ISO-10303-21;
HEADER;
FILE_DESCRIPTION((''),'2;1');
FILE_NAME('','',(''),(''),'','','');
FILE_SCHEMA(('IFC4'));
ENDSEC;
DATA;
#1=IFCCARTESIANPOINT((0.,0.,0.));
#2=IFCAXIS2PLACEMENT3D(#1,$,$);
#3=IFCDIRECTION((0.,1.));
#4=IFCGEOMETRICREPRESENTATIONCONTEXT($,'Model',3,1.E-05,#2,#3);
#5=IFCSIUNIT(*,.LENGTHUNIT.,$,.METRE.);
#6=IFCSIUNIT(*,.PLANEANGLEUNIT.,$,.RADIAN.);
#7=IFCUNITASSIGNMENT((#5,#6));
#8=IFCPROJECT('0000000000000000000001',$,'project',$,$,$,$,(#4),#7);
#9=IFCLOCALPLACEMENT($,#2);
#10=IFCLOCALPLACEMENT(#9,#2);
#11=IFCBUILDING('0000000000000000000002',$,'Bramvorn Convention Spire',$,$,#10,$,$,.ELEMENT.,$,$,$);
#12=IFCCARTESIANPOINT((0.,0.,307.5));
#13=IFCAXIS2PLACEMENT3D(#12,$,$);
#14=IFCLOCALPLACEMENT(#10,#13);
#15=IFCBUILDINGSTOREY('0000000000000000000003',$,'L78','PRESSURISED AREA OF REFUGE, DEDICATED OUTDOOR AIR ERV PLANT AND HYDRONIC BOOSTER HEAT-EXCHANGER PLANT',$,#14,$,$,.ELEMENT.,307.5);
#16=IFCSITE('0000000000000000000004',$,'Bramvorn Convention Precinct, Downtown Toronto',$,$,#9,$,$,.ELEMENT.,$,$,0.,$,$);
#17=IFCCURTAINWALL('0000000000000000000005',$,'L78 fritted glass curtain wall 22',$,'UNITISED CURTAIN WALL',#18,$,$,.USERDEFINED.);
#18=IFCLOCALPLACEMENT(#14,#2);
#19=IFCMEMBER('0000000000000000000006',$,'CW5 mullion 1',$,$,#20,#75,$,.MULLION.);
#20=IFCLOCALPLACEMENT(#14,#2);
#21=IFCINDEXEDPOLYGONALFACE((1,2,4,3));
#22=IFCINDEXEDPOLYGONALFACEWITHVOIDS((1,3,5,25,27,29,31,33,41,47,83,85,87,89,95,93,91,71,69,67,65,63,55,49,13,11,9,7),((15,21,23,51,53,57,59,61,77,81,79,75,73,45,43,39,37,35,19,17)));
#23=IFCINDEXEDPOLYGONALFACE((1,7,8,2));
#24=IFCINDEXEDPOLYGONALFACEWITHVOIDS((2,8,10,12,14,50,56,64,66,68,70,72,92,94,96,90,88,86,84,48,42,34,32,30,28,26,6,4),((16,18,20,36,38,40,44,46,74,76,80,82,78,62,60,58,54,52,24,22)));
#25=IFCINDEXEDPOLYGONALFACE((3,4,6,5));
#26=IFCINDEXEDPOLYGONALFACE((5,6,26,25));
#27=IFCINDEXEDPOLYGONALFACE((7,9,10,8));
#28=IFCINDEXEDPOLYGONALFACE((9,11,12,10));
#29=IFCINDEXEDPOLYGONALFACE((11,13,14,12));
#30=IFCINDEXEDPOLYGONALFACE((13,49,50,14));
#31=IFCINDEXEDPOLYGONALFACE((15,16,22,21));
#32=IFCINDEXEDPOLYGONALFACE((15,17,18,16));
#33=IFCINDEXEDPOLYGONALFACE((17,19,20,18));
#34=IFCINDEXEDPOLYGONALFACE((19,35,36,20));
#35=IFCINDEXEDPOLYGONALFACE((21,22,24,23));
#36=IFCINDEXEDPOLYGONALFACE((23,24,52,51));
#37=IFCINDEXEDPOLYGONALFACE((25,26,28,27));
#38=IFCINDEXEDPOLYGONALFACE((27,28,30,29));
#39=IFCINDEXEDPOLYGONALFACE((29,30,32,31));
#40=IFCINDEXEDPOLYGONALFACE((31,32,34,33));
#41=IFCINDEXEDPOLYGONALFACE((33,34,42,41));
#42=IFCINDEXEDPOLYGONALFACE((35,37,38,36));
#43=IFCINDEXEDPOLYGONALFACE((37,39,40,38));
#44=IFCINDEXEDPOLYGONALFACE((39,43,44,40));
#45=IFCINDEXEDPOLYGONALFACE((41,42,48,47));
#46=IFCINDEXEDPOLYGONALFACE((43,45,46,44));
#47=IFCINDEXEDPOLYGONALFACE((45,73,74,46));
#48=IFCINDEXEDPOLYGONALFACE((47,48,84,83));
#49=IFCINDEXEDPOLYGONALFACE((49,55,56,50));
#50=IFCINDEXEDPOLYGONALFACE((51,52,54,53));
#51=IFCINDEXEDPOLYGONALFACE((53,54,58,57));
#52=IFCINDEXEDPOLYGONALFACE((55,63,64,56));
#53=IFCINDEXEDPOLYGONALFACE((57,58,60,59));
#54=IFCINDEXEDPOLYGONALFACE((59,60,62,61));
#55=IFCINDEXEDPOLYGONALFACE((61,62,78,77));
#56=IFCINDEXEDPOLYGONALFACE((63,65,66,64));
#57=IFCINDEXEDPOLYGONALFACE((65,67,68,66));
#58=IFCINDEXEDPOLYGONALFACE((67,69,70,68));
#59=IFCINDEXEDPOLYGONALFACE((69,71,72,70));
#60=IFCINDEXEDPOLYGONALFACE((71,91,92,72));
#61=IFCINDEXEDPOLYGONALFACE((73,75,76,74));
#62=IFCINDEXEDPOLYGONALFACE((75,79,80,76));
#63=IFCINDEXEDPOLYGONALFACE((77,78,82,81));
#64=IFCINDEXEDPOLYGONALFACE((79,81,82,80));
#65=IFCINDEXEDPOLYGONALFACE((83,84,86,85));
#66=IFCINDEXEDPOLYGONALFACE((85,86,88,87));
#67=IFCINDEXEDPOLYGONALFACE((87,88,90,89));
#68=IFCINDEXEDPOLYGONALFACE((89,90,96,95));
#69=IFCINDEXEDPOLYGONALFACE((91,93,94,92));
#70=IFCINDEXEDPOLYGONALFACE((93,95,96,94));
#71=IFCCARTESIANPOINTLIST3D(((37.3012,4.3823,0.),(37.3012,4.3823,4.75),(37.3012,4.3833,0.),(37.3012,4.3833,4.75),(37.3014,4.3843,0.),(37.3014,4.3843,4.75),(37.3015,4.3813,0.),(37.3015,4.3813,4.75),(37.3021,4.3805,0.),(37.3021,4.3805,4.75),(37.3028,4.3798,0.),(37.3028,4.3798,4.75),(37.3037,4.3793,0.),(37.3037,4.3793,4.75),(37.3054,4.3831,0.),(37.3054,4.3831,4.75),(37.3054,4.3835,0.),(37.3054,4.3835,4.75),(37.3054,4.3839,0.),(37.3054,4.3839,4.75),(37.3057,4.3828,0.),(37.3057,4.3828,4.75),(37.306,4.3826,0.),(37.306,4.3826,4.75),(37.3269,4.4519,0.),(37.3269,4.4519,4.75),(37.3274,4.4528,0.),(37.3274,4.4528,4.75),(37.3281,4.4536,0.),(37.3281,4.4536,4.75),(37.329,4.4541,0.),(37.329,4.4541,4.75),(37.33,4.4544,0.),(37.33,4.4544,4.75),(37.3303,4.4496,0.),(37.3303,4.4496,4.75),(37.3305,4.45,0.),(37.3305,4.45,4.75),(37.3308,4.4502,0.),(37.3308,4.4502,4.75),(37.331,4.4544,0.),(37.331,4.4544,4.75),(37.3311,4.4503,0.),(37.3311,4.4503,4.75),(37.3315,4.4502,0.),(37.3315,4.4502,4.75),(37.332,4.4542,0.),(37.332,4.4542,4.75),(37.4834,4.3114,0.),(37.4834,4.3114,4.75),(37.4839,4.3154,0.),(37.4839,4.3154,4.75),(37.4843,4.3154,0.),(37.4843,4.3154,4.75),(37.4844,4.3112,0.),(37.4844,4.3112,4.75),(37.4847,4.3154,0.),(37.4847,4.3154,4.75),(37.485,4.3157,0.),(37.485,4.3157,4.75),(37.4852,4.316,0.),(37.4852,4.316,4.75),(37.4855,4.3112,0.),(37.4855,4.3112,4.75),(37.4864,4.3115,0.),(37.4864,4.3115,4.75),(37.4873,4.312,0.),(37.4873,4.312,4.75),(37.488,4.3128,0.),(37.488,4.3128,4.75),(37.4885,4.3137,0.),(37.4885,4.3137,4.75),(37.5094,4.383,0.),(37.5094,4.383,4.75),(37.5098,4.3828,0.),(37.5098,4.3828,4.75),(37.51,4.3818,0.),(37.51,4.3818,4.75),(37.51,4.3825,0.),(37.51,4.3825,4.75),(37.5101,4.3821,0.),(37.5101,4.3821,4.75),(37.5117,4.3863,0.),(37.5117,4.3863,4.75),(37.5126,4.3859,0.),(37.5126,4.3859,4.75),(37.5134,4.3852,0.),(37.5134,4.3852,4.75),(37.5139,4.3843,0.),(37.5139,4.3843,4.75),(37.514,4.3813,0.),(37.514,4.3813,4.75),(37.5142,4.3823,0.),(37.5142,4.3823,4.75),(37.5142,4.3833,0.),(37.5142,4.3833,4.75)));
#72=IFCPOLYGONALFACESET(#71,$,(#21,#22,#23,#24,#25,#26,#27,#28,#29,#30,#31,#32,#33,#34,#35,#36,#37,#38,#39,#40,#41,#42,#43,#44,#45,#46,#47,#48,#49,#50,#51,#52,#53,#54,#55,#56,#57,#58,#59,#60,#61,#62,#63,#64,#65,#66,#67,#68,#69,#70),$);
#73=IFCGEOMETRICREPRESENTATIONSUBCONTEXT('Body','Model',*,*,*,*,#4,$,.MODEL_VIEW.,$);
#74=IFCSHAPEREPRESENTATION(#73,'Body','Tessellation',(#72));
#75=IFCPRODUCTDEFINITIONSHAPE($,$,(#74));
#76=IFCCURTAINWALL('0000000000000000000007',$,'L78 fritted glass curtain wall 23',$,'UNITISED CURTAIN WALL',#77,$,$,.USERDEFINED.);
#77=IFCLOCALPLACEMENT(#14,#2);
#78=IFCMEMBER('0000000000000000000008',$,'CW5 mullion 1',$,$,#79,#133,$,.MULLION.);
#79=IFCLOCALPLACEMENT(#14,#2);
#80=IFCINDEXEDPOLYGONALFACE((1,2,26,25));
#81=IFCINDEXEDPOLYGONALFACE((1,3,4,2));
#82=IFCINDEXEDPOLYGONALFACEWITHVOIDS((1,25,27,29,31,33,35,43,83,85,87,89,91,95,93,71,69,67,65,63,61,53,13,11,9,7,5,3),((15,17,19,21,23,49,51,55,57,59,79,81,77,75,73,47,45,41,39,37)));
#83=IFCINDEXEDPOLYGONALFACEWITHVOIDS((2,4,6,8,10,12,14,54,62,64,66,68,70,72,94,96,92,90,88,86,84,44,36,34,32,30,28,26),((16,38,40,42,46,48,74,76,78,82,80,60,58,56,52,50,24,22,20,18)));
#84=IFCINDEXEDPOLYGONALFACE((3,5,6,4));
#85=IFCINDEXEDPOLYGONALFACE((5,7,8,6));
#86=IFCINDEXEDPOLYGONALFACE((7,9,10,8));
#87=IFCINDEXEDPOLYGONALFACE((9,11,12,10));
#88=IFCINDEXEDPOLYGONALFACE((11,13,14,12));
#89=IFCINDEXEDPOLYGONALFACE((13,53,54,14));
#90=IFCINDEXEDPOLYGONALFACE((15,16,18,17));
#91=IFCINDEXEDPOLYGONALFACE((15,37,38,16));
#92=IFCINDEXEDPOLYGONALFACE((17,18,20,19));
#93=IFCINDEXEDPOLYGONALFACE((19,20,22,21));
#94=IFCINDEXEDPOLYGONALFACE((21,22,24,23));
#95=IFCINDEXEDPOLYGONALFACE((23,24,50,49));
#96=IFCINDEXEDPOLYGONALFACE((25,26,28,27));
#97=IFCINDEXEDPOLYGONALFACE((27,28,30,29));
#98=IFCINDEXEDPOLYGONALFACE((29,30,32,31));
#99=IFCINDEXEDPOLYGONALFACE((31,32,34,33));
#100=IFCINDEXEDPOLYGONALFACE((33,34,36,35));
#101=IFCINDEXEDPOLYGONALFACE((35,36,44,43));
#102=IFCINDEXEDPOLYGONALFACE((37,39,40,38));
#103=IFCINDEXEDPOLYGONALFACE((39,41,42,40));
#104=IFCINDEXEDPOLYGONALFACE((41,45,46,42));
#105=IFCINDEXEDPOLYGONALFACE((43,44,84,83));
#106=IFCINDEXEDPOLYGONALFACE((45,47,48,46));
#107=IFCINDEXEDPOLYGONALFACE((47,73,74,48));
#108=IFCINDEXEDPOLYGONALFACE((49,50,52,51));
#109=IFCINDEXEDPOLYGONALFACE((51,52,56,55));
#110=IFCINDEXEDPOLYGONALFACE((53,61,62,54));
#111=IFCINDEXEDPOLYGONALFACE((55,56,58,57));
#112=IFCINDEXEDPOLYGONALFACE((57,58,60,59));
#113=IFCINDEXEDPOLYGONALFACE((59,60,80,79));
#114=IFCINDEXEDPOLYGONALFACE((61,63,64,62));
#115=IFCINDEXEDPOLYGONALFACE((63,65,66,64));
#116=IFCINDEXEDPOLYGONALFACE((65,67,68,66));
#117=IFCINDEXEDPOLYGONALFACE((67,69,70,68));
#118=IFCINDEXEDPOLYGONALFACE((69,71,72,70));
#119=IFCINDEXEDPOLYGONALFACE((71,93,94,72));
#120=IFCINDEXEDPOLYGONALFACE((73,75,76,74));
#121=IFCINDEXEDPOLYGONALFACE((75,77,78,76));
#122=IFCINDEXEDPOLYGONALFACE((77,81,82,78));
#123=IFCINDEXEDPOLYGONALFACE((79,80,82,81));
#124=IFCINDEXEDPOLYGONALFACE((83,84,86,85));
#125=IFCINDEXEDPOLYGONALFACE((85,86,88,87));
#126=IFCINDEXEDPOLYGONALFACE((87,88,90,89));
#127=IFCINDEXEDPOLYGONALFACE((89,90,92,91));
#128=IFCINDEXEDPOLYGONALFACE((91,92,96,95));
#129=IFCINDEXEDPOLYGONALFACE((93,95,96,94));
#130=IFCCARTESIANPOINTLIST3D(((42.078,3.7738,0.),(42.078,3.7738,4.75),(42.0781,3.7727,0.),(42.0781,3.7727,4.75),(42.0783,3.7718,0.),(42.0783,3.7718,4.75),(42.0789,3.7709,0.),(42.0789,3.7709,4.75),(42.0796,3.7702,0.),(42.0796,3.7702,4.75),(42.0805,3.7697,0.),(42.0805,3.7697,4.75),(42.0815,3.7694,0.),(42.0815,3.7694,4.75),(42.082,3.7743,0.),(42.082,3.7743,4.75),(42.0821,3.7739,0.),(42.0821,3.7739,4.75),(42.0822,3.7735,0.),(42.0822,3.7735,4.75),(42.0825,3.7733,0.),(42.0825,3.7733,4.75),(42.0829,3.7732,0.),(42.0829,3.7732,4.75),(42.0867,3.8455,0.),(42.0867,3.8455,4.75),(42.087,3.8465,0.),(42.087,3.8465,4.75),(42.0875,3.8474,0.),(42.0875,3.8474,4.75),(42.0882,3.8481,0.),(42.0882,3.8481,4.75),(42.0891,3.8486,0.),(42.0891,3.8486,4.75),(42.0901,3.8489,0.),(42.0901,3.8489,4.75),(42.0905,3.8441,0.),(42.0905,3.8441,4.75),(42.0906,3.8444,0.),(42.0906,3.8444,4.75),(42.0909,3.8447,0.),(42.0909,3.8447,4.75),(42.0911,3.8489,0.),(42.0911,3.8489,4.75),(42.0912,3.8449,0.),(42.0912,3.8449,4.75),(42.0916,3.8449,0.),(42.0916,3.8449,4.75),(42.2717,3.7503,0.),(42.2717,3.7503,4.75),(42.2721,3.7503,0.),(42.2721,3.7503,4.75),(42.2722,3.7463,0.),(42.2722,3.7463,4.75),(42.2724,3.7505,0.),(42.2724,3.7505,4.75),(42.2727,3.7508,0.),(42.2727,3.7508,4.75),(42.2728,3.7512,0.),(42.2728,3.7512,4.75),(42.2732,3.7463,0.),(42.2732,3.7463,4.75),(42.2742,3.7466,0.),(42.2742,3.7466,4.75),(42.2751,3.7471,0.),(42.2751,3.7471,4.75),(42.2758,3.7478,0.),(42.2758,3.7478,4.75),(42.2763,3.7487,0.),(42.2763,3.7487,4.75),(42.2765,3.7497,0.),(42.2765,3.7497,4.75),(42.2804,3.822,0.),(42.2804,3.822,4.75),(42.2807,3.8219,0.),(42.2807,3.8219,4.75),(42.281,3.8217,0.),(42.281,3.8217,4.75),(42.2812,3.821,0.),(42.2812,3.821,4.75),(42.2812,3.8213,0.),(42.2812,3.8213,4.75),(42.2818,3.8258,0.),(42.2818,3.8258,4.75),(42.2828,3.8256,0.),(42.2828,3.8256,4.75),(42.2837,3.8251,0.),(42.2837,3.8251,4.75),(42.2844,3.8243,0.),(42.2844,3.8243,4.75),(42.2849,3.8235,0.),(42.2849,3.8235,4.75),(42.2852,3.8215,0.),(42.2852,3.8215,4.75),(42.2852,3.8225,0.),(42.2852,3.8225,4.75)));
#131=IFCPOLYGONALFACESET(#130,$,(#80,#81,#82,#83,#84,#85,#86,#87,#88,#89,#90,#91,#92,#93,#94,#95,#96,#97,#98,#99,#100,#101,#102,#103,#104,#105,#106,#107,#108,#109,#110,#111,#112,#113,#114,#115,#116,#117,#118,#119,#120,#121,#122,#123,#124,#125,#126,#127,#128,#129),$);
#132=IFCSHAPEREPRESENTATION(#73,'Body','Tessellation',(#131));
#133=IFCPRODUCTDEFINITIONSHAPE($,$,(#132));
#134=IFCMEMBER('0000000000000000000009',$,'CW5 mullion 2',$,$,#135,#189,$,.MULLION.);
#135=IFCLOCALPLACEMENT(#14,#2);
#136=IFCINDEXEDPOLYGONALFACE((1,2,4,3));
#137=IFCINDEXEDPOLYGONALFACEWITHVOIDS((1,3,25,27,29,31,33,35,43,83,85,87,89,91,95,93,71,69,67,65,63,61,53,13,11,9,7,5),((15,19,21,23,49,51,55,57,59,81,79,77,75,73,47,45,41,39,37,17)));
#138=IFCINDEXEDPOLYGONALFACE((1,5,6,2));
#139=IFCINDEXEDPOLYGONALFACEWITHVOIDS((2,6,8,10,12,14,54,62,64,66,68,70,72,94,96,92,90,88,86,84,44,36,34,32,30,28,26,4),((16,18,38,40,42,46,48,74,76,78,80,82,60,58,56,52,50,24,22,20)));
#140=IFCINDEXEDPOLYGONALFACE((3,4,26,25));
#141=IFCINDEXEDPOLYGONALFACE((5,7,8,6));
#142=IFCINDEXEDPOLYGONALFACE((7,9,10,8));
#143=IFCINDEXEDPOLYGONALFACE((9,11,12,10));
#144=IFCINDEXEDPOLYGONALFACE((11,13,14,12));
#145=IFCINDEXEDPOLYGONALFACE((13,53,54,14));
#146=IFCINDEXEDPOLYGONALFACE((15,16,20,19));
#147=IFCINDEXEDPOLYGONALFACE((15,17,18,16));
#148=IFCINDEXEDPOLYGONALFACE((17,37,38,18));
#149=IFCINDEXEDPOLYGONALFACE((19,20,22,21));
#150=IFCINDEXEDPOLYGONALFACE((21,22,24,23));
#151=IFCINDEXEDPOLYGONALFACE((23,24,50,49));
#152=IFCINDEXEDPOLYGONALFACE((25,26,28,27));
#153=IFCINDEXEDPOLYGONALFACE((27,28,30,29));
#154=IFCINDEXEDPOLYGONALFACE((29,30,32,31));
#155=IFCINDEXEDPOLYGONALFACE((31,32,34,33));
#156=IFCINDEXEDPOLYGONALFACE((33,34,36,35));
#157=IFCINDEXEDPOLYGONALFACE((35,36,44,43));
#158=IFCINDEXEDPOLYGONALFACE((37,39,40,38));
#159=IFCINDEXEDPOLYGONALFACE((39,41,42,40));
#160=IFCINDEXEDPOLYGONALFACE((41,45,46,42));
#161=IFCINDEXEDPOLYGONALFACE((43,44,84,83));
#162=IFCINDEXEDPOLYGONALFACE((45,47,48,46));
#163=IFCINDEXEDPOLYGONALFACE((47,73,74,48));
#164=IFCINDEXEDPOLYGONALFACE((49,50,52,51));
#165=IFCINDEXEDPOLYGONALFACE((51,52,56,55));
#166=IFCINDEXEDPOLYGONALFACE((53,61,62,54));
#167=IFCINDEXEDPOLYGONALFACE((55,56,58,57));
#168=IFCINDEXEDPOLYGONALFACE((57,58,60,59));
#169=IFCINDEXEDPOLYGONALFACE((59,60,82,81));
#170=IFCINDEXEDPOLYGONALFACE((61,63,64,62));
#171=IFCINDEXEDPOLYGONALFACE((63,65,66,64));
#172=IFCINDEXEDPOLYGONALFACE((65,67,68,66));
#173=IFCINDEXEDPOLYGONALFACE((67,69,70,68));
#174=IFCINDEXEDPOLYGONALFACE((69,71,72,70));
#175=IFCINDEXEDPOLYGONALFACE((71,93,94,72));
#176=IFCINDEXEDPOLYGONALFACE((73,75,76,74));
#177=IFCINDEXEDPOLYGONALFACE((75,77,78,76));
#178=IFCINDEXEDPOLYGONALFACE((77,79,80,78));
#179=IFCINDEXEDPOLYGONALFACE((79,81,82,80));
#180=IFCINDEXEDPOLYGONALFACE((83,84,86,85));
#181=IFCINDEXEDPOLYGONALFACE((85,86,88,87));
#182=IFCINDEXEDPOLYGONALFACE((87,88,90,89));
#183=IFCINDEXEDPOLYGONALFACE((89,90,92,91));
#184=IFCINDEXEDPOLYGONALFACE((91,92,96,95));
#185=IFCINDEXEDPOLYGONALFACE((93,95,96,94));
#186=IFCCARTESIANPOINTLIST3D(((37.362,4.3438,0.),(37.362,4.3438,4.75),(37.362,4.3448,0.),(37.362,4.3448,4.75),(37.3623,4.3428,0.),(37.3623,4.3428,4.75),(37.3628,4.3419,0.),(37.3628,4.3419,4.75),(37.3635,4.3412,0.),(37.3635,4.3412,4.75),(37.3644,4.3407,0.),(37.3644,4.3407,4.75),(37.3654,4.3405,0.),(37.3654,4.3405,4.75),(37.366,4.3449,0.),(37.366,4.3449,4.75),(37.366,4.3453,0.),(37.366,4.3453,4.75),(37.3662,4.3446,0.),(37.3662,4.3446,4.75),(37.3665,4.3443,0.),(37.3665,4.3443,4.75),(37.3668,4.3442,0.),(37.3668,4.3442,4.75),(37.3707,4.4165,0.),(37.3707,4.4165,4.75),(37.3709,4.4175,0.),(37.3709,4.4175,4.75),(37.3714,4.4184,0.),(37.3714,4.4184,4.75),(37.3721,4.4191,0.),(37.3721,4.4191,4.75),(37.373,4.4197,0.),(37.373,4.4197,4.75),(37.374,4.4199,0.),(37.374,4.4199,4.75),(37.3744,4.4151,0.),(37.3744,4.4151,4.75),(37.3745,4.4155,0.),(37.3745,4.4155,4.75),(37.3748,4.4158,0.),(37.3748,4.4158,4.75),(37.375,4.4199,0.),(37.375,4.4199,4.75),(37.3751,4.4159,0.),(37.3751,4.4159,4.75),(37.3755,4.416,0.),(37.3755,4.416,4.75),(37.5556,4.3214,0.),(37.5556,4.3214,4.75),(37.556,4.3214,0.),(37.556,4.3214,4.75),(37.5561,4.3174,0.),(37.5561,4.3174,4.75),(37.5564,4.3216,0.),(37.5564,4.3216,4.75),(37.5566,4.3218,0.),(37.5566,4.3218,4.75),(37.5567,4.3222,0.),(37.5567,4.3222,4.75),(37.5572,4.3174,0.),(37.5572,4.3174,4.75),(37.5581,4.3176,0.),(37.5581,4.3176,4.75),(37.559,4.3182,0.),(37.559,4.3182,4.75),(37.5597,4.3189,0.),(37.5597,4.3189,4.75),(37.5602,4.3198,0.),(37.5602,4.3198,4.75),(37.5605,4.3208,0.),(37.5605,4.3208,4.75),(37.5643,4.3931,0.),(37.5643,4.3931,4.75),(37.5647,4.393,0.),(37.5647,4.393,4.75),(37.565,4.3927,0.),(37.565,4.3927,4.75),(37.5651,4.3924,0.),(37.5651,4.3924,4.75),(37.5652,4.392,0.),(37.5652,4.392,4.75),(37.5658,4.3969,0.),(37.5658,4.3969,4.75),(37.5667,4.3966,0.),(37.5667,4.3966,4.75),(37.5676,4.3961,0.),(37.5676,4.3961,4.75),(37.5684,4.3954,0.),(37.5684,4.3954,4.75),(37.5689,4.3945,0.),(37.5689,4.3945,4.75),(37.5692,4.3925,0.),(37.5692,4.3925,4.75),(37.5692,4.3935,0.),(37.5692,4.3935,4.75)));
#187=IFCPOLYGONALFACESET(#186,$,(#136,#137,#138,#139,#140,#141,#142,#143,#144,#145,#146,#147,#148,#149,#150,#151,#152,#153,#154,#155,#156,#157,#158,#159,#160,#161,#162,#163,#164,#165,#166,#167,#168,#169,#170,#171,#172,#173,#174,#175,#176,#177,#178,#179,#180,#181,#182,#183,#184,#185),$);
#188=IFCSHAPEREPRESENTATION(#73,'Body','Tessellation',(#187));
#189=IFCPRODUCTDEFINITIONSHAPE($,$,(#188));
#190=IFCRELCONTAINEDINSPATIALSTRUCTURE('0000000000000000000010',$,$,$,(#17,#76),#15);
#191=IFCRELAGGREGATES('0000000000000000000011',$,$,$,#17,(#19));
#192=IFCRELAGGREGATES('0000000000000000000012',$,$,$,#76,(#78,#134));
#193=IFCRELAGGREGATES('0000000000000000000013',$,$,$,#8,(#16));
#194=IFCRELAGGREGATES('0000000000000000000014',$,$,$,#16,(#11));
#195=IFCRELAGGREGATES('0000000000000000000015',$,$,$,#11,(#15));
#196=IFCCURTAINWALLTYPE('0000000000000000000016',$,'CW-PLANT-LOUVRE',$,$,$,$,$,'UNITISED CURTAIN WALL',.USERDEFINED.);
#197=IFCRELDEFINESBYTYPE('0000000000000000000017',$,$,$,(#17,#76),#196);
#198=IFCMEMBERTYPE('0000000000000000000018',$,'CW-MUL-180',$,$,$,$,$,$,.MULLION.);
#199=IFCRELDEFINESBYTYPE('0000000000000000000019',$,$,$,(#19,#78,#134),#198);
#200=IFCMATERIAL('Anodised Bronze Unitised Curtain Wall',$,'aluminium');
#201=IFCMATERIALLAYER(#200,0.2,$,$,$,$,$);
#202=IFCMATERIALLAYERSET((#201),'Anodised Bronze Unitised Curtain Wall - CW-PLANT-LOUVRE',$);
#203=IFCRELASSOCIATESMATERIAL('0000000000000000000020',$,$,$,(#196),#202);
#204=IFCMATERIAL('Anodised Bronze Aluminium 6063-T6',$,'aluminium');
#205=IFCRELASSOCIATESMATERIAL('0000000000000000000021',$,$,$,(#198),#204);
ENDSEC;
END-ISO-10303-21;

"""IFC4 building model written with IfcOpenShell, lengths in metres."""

from ifc_helpers import new_model, si_unit, direction, frame, origin, origin_2d, place, context, subcontext, project, spatial, hollow_rectangle, extrude, material, layer, layer_set, material_profile, profile_set, type_object, element, aggregate, save


model = new_model("IFC4")

# Units and contexts
model_context = context("Model", 3, precision=1e-05, world=origin(), true_north=direction((0.0, 1.0)))
body_context = subcontext(model_context, "Body", "Model", "MODEL_VIEW")
ifc_project = project(units=[si_unit("LENGTHUNIT", "METRE"), si_unit("PLANEANGLEUNIT", "RADIAN")], contexts=[model_context])

# Site, building, storey
site_placement = place(None, origin())
site = spatial("IfcSite", under=ifc_project, at=site_placement, Name="Bramvorn Convention Precinct, Downtown Toronto", CompositionType="ELEMENT", RefElevation=0.0)
building_placement = place(site_placement, origin())
building = spatial("IfcBuilding", under=site, at=building_placement, Name="Bramvorn Convention Spire", CompositionType="ELEMENT")
storey_placement = place(building_placement, frame((0.0, 0.0, 307.5)))
storey = spatial("IfcBuildingStorey", under=building, at=storey_placement, Name="L78", Description="PRESSURISED AREA OF REFUGE, DEDICATED OUTDOOR AIR ERV PLANT AND HYDRONIC BOOSTER HEAT-EXCHANGER PLANT", CompositionType="ELEMENT", Elevation=307.5)

# Curtain wall, member
ifc_material_1 = material(Name="Anodised Bronze Unitised Curtain Wall", Category="aluminium")
ifc_layer_1 = layer(ifc_material_1, 0.2)
ifc_layer_set_1 = layer_set([ifc_layer_1], Name="Anodised Bronze Unitised Curtain Wall - CW-PLANT-LOUVRE")
curtain_wall_type = type_object("IfcCurtainWallType", Name="CW-PLANT-LOUVRE", ElementType="UNITISED CURTAIN WALL", PredefinedType="USERDEFINED", material=ifc_layer_set_1)
curtain_wall_1_placement = place(storey_placement, origin())
curtain_wall_1 = element("IfcCurtainWall", 1, at=curtain_wall_1_placement, inside=storey, type_object=curtain_wall_type, Name="L78 fritted glass curtain wall 22", ObjectType="UNITISED CURTAIN WALL", PredefinedType="USERDEFINED")
ifc_material_2 = material(Name="Anodised Bronze Aluminium 6063-T6", Category="aluminium")
ifc_material_profile_1 = material_profile(ifc_material_2, hollow_rectangle(XDim=0.0801, YDim=0.2, WallThickness=0.0039, InnerFilletRadius=0.001, OuterFilletRadius=0.0039, at=origin_2d()))
ifc_profile_set_1 = profile_set([ifc_material_profile_1], Name="Anodised Bronze Aluminium 6063-T6 - CWM80X200")
member_type_1 = type_object("IfcMemberType", Name="CW-MUL-180", PredefinedType="MULLION", material=ifc_profile_set_1)
member_1_placement = place(storey_placement, frame((37.4077, 4.3828, 0.0), z_axis=(0.0, 0.0, 1.0), x_axis=(-0.353265, -0.935523, 0.0)))
member_1 = element("IfcMember", 2, at=member_1_placement, type_object=member_type_1, Name="CW5 mullion 1", PredefinedType="MULLION", context=body_context, shape_type="SweptSolid", body=[
    extrude(hollow_rectangle(XDim=0.0801, YDim=0.2, WallThickness=0.0039, InnerFilletRadius=0.001, OuterFilletRadius=0.0039, at=origin_2d()), origin(), (0.0, 0.0, 1.0), 4.75),
])

# Curtain wall, members
curtain_wall_2_placement = place(storey_placement, origin())
curtain_wall_2 = element("IfcCurtainWall", 3, at=curtain_wall_2_placement, inside=storey, type_object=curtain_wall_type, Name="L78 fritted glass curtain wall 23", ObjectType="UNITISED CURTAIN WALL", PredefinedType="USERDEFINED")
member_2_placement = place(storey_placement, frame((42.1816, 3.7976, 0.0), z_axis=(0.0, 0.0, 1.0), x_axis=(-0.120194, -0.99275, 0.0)))
member_2 = element("IfcMember", 4, at=member_2_placement, type_object=member_type_1, Name="CW5 mullion 1", PredefinedType="MULLION", context=body_context, shape_type="SweptSolid", body=[
    extrude(hollow_rectangle(XDim=0.0801, YDim=0.2, WallThickness=0.0039, InnerFilletRadius=0.001, OuterFilletRadius=0.0039, at=origin_2d()), origin(), (0.0, 0.0, 1.0), 4.75),
])
member_3_placement = place(storey_placement, frame((37.4656, 4.3687, 0.0), z_axis=(0.0, 0.0, 1.0), x_axis=(-0.120194, -0.99275, 0.0)))
member_3 = element("IfcMember", 5, at=member_3_placement, type_object=member_type_1, Name="CW5 mullion 2", PredefinedType="MULLION", context=body_context, shape_type="SweptSolid", body=[
    extrude(hollow_rectangle(XDim=0.0801, YDim=0.2, WallThickness=0.0039, InnerFilletRadius=0.001, OuterFilletRadius=0.0039, at=origin_2d()), origin(), (0.0, 0.0, 1.0), 4.75),
])

aggregate(curtain_wall_1, [member_1])
aggregate(curtain_wall_2, [member_2, member_3])

save(model, "model.ifc")
